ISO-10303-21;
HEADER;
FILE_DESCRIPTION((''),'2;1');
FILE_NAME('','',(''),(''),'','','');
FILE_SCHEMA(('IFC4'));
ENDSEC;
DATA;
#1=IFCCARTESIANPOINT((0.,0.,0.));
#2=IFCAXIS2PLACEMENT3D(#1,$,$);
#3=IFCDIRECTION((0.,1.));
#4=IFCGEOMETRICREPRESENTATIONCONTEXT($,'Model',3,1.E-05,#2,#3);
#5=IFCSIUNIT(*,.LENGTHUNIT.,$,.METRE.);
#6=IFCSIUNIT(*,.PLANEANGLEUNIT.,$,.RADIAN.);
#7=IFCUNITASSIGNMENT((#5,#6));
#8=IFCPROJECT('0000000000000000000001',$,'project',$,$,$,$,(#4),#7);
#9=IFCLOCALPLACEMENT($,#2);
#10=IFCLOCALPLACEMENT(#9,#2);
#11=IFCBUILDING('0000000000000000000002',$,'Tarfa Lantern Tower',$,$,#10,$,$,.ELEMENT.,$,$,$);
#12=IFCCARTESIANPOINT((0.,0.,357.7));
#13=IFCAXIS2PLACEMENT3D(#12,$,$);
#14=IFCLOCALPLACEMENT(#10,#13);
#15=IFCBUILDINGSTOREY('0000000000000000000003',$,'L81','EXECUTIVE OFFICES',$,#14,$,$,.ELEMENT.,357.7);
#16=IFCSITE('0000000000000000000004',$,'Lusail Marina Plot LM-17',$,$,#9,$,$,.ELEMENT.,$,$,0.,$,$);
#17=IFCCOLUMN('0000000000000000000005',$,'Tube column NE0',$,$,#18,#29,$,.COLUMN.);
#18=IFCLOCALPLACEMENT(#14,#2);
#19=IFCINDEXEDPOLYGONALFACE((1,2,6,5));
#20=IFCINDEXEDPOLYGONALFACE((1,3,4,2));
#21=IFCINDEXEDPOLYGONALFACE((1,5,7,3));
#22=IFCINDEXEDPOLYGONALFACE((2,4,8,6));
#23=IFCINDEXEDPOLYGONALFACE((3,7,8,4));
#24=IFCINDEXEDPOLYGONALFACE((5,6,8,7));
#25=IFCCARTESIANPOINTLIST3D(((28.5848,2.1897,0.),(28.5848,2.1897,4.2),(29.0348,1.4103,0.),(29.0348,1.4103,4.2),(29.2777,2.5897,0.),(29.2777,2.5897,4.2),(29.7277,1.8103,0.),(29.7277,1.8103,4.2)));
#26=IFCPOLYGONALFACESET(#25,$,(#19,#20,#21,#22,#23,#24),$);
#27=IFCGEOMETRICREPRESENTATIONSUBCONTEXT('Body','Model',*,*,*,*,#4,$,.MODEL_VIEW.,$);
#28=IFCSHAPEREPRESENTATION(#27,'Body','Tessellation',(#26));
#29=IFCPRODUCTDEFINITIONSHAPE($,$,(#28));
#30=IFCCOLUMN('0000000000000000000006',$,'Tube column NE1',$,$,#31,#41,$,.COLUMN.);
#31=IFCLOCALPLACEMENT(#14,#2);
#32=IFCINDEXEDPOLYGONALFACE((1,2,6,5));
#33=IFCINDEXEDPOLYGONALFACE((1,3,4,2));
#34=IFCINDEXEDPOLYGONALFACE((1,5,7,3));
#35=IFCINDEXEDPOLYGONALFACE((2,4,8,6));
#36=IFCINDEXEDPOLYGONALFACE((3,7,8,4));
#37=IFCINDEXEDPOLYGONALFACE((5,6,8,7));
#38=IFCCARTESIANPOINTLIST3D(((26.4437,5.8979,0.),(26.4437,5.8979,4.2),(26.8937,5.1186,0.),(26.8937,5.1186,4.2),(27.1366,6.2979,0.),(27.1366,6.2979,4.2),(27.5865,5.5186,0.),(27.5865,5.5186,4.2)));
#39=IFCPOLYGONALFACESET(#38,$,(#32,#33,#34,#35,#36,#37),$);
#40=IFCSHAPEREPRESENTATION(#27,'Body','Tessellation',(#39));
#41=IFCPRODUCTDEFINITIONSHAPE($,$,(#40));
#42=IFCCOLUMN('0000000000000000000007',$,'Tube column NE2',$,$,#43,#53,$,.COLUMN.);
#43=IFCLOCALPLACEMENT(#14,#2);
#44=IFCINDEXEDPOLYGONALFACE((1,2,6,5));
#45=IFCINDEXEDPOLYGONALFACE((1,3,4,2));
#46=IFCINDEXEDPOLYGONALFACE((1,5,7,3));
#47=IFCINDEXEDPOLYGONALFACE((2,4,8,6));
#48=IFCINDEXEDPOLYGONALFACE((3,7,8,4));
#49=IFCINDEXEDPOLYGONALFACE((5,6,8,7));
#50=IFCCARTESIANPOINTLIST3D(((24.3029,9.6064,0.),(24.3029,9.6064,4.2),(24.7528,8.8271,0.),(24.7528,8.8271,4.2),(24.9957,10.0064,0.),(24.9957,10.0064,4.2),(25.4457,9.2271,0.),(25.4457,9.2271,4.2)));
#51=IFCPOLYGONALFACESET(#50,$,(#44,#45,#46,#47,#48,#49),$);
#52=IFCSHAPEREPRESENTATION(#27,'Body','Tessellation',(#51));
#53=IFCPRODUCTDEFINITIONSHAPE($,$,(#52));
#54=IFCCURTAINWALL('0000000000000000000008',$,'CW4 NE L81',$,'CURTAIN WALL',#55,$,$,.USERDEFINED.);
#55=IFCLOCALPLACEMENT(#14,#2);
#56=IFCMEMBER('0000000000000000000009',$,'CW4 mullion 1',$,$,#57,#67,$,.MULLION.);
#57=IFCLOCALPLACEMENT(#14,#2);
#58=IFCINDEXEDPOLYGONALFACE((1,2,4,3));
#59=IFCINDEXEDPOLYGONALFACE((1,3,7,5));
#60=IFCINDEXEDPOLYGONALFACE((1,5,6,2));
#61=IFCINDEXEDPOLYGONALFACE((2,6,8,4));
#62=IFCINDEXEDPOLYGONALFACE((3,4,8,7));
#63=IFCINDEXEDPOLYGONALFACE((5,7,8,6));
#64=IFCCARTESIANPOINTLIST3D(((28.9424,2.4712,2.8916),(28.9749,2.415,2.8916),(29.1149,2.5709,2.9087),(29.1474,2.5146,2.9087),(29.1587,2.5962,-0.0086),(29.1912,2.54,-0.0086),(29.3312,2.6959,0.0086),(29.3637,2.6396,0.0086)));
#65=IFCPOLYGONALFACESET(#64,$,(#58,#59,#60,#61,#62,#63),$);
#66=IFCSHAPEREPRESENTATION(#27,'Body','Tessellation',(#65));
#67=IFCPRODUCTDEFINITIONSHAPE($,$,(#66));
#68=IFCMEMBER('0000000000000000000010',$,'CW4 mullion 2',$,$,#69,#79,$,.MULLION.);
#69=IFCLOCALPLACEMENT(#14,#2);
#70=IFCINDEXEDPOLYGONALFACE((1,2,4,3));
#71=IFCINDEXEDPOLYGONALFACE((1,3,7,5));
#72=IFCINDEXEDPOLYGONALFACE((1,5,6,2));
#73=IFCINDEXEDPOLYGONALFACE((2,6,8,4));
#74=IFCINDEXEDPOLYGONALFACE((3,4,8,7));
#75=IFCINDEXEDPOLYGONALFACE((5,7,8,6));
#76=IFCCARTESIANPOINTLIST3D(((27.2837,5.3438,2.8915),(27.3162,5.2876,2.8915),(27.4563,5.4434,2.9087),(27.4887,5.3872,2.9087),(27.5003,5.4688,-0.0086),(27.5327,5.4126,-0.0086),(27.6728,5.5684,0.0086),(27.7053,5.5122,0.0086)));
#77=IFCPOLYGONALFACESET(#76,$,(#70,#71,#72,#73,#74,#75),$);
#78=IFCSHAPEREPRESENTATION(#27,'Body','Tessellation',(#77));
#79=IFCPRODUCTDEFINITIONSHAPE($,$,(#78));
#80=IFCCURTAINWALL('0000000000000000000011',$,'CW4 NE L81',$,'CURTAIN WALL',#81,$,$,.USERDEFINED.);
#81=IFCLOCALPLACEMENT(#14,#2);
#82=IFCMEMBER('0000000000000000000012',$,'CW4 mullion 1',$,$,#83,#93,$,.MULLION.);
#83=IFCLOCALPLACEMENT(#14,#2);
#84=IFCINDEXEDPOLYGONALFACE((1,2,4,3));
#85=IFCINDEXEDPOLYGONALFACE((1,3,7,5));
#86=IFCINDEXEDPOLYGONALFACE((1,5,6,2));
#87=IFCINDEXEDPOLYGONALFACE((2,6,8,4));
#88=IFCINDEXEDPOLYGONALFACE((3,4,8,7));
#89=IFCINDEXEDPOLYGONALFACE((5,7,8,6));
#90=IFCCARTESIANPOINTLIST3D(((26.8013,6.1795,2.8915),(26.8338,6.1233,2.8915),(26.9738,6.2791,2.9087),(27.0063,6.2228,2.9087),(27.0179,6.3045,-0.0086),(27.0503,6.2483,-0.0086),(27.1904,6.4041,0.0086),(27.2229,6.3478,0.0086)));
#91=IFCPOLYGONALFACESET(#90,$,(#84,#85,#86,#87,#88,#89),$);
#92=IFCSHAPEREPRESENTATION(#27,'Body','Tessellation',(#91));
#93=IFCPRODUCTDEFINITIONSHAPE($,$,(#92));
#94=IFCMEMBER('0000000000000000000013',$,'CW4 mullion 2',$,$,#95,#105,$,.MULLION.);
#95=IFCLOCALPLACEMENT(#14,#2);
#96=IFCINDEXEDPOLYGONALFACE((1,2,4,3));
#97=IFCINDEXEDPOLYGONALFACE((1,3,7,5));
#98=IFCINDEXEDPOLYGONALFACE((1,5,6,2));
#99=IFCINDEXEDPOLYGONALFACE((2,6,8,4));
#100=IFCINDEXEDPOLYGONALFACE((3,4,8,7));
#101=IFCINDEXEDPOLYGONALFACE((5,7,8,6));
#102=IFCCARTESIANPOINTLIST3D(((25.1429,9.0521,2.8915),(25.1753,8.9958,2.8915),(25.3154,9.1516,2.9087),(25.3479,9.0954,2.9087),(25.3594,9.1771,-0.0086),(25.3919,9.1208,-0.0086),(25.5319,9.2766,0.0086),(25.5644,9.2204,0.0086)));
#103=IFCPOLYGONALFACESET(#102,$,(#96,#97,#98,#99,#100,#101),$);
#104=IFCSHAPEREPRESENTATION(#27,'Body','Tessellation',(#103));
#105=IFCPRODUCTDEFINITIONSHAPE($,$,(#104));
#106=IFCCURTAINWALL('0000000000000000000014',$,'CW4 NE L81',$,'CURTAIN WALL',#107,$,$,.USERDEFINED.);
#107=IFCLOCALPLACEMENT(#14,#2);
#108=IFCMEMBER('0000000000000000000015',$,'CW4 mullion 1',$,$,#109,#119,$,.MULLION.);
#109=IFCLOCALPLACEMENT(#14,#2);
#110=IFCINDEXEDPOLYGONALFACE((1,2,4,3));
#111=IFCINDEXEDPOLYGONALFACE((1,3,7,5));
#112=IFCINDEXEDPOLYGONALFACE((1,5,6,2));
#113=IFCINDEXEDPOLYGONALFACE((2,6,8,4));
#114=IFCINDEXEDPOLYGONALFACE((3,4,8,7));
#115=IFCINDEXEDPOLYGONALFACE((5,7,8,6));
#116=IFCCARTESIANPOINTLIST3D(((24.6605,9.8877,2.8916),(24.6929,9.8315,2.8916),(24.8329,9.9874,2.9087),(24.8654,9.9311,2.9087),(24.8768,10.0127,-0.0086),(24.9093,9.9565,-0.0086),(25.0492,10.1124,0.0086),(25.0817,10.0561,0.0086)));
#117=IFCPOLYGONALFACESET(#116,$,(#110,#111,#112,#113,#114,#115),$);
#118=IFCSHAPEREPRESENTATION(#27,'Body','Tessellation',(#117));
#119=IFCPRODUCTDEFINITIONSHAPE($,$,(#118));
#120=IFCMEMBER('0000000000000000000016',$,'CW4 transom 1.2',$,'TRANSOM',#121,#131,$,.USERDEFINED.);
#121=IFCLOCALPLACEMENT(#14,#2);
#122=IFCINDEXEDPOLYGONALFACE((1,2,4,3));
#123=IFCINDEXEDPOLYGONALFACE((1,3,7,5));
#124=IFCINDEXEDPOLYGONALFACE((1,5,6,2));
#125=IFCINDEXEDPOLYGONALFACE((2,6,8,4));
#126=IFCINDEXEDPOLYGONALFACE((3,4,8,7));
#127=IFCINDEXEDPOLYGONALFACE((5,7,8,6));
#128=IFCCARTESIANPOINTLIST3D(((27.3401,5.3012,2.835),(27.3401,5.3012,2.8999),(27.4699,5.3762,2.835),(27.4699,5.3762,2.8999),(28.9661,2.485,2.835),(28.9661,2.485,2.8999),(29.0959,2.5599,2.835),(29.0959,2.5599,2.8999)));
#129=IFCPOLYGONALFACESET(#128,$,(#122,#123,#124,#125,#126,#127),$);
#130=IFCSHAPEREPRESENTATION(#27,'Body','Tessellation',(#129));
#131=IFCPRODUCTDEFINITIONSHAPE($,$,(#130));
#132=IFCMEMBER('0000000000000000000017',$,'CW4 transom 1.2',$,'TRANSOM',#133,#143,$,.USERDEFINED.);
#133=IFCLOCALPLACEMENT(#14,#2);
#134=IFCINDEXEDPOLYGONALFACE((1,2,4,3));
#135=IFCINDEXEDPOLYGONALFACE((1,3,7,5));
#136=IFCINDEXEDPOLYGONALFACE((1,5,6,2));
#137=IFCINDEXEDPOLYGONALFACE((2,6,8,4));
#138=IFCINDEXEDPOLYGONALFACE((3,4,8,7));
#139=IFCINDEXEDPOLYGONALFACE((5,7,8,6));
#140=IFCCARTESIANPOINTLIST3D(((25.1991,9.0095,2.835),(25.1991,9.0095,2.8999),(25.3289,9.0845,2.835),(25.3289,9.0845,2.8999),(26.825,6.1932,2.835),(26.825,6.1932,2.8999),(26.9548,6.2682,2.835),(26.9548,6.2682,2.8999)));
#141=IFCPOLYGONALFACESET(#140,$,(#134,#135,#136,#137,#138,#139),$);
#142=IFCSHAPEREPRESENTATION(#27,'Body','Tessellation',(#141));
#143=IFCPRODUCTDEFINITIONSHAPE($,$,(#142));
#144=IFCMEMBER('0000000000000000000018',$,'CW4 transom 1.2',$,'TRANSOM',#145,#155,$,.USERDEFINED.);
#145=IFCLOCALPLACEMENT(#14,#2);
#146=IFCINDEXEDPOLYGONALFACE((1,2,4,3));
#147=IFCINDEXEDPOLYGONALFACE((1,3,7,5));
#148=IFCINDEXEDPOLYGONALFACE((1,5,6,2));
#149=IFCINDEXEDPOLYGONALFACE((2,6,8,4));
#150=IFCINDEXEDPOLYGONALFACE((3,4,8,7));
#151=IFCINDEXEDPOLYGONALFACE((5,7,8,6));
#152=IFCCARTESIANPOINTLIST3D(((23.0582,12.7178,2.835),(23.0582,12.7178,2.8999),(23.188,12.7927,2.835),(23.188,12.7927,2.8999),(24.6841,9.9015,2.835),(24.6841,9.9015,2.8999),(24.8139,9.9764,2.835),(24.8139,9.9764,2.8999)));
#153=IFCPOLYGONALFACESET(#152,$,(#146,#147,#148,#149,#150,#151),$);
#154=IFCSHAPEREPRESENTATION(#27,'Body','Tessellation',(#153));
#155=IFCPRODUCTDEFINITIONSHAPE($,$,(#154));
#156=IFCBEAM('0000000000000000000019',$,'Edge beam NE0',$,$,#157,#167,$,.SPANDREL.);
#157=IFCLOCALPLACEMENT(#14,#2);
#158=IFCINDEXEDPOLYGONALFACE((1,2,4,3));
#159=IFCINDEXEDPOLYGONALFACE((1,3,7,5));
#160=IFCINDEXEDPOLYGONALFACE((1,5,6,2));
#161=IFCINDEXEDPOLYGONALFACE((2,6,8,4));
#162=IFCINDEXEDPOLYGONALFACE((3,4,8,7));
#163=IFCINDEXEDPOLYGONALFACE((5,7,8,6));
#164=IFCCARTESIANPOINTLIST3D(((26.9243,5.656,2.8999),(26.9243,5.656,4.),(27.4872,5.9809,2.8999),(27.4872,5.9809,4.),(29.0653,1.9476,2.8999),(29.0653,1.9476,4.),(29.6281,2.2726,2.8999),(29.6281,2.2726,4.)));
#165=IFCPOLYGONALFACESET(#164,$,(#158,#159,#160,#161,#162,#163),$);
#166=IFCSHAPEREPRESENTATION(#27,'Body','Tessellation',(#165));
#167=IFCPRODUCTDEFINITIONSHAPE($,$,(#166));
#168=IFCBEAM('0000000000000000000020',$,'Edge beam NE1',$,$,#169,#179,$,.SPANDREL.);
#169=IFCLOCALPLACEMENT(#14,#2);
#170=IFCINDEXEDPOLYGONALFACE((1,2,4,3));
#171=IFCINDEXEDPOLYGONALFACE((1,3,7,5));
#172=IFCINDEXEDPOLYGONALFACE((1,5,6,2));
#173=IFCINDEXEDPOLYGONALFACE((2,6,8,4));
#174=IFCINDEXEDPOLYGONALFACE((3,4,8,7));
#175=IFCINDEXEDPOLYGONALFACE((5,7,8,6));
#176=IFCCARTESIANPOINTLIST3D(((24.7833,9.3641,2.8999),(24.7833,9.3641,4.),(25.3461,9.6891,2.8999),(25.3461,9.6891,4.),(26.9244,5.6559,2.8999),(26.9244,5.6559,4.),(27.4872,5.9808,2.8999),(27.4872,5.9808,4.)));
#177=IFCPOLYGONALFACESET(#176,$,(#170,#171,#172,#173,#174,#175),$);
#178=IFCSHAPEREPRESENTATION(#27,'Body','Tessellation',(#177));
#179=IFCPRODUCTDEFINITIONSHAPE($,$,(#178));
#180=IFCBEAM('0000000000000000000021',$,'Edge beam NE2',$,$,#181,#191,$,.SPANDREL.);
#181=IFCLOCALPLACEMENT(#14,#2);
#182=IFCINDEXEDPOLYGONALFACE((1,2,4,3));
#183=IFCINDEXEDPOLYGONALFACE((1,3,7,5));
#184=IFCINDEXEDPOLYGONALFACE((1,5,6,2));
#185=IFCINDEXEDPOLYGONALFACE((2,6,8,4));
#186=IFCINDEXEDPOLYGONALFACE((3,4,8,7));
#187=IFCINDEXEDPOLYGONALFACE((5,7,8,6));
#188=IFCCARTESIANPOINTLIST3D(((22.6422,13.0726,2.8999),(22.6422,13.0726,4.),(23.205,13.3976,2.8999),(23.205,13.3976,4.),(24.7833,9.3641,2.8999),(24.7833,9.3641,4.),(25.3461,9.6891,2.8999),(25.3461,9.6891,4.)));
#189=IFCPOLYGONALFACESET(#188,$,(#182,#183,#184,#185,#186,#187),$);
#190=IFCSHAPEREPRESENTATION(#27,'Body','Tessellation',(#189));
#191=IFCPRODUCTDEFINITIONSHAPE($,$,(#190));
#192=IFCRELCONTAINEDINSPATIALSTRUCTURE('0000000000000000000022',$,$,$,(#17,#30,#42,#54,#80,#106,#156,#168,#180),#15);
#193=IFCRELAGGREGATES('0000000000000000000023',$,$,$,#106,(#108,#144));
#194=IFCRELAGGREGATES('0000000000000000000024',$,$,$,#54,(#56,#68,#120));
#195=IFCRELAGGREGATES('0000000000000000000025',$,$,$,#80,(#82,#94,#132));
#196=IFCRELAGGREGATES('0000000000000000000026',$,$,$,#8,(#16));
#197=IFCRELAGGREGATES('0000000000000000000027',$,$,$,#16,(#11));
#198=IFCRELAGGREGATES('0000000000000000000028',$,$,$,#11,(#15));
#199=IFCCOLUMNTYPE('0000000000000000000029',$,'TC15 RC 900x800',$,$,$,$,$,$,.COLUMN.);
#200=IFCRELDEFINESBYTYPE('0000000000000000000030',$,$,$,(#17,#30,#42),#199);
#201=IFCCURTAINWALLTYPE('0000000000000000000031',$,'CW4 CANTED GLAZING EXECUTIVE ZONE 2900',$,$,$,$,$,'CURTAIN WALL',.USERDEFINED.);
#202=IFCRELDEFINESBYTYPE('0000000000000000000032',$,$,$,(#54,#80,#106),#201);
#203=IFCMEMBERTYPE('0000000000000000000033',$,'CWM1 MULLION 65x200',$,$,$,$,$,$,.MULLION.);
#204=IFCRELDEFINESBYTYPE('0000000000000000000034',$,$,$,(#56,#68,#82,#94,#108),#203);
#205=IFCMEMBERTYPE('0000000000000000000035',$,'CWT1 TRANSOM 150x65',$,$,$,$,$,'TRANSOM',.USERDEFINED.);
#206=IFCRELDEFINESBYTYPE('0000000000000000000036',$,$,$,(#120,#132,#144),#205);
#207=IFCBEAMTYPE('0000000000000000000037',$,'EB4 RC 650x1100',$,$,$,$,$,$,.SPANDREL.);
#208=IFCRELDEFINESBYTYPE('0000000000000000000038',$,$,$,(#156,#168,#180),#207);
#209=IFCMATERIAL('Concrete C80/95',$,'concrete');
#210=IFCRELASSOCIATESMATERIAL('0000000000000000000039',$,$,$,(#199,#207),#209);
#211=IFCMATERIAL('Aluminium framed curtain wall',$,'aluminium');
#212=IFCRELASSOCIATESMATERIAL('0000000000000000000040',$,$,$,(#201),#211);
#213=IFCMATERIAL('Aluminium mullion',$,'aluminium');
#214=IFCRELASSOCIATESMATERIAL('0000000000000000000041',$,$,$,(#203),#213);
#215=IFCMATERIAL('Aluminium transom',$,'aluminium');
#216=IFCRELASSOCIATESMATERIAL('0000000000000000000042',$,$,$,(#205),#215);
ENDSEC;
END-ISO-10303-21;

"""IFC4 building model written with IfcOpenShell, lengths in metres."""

from ifc_helpers import new_model, si_unit, direction, frame, origin, origin_2d, place, context, subcontext, project, spatial, rectangle, extrude, material, material_profile, profile_set, type_object, element, aggregate, save


model = new_model("IFC4")

# Units and contexts
model_context = context("Model", 3, precision=1e-05, world=origin(), true_north=direction((0.0, 1.0)))
body_context = subcontext(model_context, "Body", "Model", "MODEL_VIEW")
ifc_project = project(units=[si_unit("LENGTHUNIT", "METRE"), si_unit("PLANEANGLEUNIT", "RADIAN")], contexts=[model_context])

# Site, building, storey
site_placement = place(None, origin())
site = spatial("IfcSite", under=ifc_project, at=site_placement, Name="Lusail Marina Plot LM-17", CompositionType="ELEMENT", RefElevation=0.0)
building_placement = place(site_placement, origin())
building = spatial("IfcBuilding", under=site, at=building_placement, Name="Tarfa Lantern Tower", CompositionType="ELEMENT")
storey_placement = place(building_placement, frame((0.0, 0.0, 357.7)))
storey = spatial("IfcBuildingStorey", under=building, at=storey_placement, Name="L81", Description="EXECUTIVE OFFICES", CompositionType="ELEMENT", Elevation=357.7)

# Columns
ifc_material_1 = material(Name="Concrete C80/95", Category="concrete")
ifc_material_profile_1 = material_profile(ifc_material_1, rectangle(XDim=0.8999, YDim=0.8, at=origin_2d()), Name="RC 900x800")
ifc_profile_set_1 = profile_set([ifc_material_profile_1], Name="Concrete C80/95")
column_type = type_object("IfcColumnType", Name="TC15 RC 900x800", PredefinedType="COLUMN", material=ifc_profile_set_1)
for number, where, z_axis, x_axis, name in (
    (1, (29.1562, 2.0, 0.0), (0.0, 0.0, 1.0), (-0.5, 0.866025, 0.0), "Tube column NE0"),
    (2, (27.0151, 5.7083, 0.0), (0.0, 0.0, 1.0), (-0.5, 0.866025, 0.0), "Tube column NE1"),
    (3, (24.8743, 9.4167, 0.0), (0.0, 0.0, 1.0), (-0.5, 0.866025, 0.0), "Tube column NE2"),
):
    element("IfcColumn", number, at=place(storey_placement, frame(where, z_axis=z_axis, x_axis=x_axis)), inside=storey, type_object=column_type, Name=name, PredefinedType="COLUMN", context=body_context, shape_type="SweptSolid", body=[
        extrude(rectangle(XDim=0.8999, YDim=0.8, at=origin_2d()), origin(), (0.0, 0.0, 1.0), 4.2),
    ])

# Curtain walls, members
ifc_material_2 = material(Name="Aluminium framed curtain wall", Category="aluminium")
curtain_wall_type = type_object("IfcCurtainWallType", Name="CW4 CANTED GLAZING EXECUTIVE ZONE 2900", ElementType="CURTAIN WALL", PredefinedType="USERDEFINED", material=ifc_material_2)
curtain_wall_1_placement = place(storey_placement, origin())
curtain_wall_1 = element("IfcCurtainWall", 4, at=curtain_wall_1_placement, inside=storey, type_object=curtain_wall_type, Name="CW4 NE L81", ObjectType="CURTAIN WALL", PredefinedType="USERDEFINED")
ifc_material_3 = material(Name="Aluminium mullion", Category="aluminium")
ifc_material_profile_2 = material_profile(ifc_material_3, rectangle(XDim=0.0649, YDim=0.2, at=origin_2d()), Name="AL MULLION 65x200")
ifc_profile_set_2 = profile_set([ifc_material_profile_2], Name="Aluminium mullion")
member_type_1 = type_object("IfcMemberType", Name="CWM1 MULLION 65x200", PredefinedType="MULLION", material=ifc_profile_set_2)
member_1_placement = place(storey_placement, frame((29.2612, 2.6179, 0.0), z_axis=(-0.07431, -0.042942, 0.99631), x_axis=(0.500343, -0.865827, 0.0)))
member_1 = element("IfcMember", 5, at=member_1_placement, type_object=member_type_1, Name="CW4 mullion 1", PredefinedType="MULLION", context=body_context, shape_type="SweptSolid", body=[
    extrude(rectangle(XDim=0.0649, YDim=0.2, at=origin_2d()), origin(), (0.0, 0.0, 1.0), 2.9109),
])
member_2_placement = place(storey_placement, frame((27.6028, 5.4905, 0.0), z_axis=(-0.074394, -0.042942, 0.996304), x_axis=(0.49992, -0.866072, 0.0)))
member_2 = element("IfcMember", 6, at=member_2_placement, type_object=member_type_1, Name="CW4 mullion 2", PredefinedType="MULLION", context=body_context, shape_type="SweptSolid", body=[
    extrude(rectangle(XDim=0.0649, YDim=0.2, at=origin_2d()), origin(), (0.0, 0.0, 1.0), 2.9109),
])
curtain_wall_2_placement = place(storey_placement, origin())
curtain_wall_2 = element("IfcCurtainWall", 7, at=curtain_wall_2_placement, inside=storey, type_object=curtain_wall_type, Name="CW4 NE L81", ObjectType="CURTAIN WALL", PredefinedType="USERDEFINED")
member_3_placement = place(storey_placement, frame((27.1204, 6.3262, 0.0), z_axis=(-0.074394, -0.042942, 0.996304), x_axis=(0.49992, -0.866072, 0.0)))
member_3 = element("IfcMember", 8, at=member_3_placement, type_object=member_type_1, Name="CW4 mullion 1", PredefinedType="MULLION", context=body_context, shape_type="SweptSolid", body=[
    extrude(rectangle(XDim=0.0649, YDim=0.2, at=origin_2d()), origin(), (0.0, 0.0, 1.0), 2.9109),
])
member_4_placement = place(storey_placement, frame((25.4619, 9.1987, 0.0), z_axis=(-0.074394, -0.042942, 0.996304), x_axis=(0.49992, -0.866072, 0.0)))
member_4 = element("IfcMember", 9, at=member_4_placement, type_object=member_type_1, Name="CW4 mullion 2", PredefinedType="MULLION", context=body_context, shape_type="SweptSolid", body=[
    extrude(rectangle(XDim=0.0649, YDim=0.2, at=origin_2d()), origin(), (0.0, 0.0, 1.0), 2.9109),
])

# Curtain wall, member
curtain_wall_3_placement = place(storey_placement, origin())
curtain_wall_3 = element("IfcCurtainWall", 10, at=curtain_wall_3_placement, inside=storey, type_object=curtain_wall_type, Name="CW4 NE L81", ObjectType="CURTAIN WALL", PredefinedType="USERDEFINED")
member_5_placement = place(storey_placement, frame((24.9792, 10.0344, 0.0), z_axis=(-0.07431, -0.042942, 0.99631), x_axis=(0.500343, -0.865827, 0.0)))
member_5 = element("IfcMember", 11, at=member_5_placement, type_object=member_type_1, Name="CW4 mullion 1", PredefinedType="MULLION", context=body_context, shape_type="SweptSolid", body=[
    extrude(rectangle(XDim=0.0649, YDim=0.2, at=origin_2d()), origin(), (0.0, 0.0, 1.0), 2.9109),
])

# Members
ifc_material_4 = material(Name="Aluminium transom", Category="aluminium")
ifc_material_profile_3 = material_profile(ifc_material_4, rectangle(XDim=0.1499, YDim=0.0649, at=origin_2d()), Name="AL TRANSOM 150x65")
ifc_profile_set_3 = profile_set([ifc_material_profile_3], Name="Aluminium transom")
member_type_2 = type_object("IfcMemberType", Name="CWT1 TRANSOM 150x65", ElementType="TRANSOM", PredefinedType="USERDEFINED", material=ifc_profile_set_3)
member_6_placement = place(storey_placement, frame((29.031, 2.5225, 2.8674), z_axis=(-0.500015, 0.866017, 0.0), x_axis=(-0.866017, -0.500015, 0.0)))
member_6 = element("IfcMember", 12, at=member_6_placement, type_object=member_type_2, Name="CW4 transom 1.2", ObjectType="TRANSOM", PredefinedType="USERDEFINED", context=body_context, shape_type="SweptSolid", body=[
    extrude(rectangle(XDim=0.1499, YDim=0.0649, at=origin_2d()), origin(), (0.0, 0.0, 1.0), 3.252),
])
member_7_placement = place(storey_placement, frame((26.8899, 6.2307, 2.8674), z_axis=(-0.499982, 0.866036, 0.0), x_axis=(-0.866036, -0.499982, 0.0)))
member_7 = element("IfcMember", 13, at=member_7_placement, type_object=member_type_2, Name="CW4 transom 1.2", ObjectType="TRANSOM", PredefinedType="USERDEFINED", context=body_context, shape_type="SweptSolid", body=[
    extrude(rectangle(XDim=0.1499, YDim=0.0649, at=origin_2d()), origin(), (0.0, 0.0, 1.0), 3.252),
])
member_8_placement = place(storey_placement, frame((24.749, 9.939, 2.8674), z_axis=(-0.499982, 0.866036, 0.0), x_axis=(-0.866036, -0.499982, 0.0)))
member_8 = element("IfcMember", 14, at=member_8_placement, type_object=member_type_2, Name="CW4 transom 1.2", ObjectType="TRANSOM", PredefinedType="USERDEFINED", context=body_context, shape_type="SweptSolid", body=[
    extrude(rectangle(XDim=0.1499, YDim=0.0649, at=origin_2d()), origin(), (0.0, 0.0, 1.0), 3.252),
])
aggregate(curtain_wall_3, [member_5, member_8])

# Beams
ifc_material_profile_4 = material_profile(ifc_material_1, rectangle(XDim=0.6499, YDim=1.1001, at=origin_2d()), Name="RC 650x1100")
ifc_profile_set_4 = profile_set([ifc_material_profile_4], Name="Concrete C80/95")
beam_type_1 = type_object("IfcBeamType", Name="EB4 RC 650x1100", PredefinedType="SPANDREL", material=ifc_profile_set_4)
for number, where, z_axis, x_axis, name in (
    (15, (29.3467, 2.1101, 3.45), (-0.499984, 0.866035, 0.0), (-0.866035, -0.499984, 0.0), "Edge beam NE0"),
    (16, (27.2058, 5.8184, 3.45), (-0.500027, 0.86601, 0.0), (-0.86601, -0.500027, 0.0), "Edge beam NE1"),
):
    element("IfcBeam", number, at=place(storey_placement, frame(where, z_axis=z_axis, x_axis=x_axis)), inside=storey, type_object=beam_type_1, Name=name, PredefinedType="SPANDREL", context=body_context, shape_type="SweptSolid", body=[
        extrude(rectangle(XDim=0.6499, YDim=1.1001, at=origin_2d()), origin(), (0.0, 0.0, 1.0), 4.282),
    ])
beam_1_placement = place(storey_placement, frame((25.0647, 9.5266, 3.45), z_axis=(-0.500002, 0.866024, 0.0), x_axis=(-0.866024, -0.500002, 0.0)))
element("IfcBeam", 17, at=beam_1_placement, inside=storey, type_object=beam_type_1, Name="Edge beam NE2", PredefinedType="SPANDREL", context=body_context, shape_type="SweptSolid", body=[
    extrude(rectangle(XDim=0.6499, YDim=1.1001, at=origin_2d()), origin(), (0.0, 0.0, 1.0), 4.2822),
])

aggregate(curtain_wall_1, [member_1, member_2, member_6])
aggregate(curtain_wall_2, [member_3, member_4, member_7])

save(model, "model.ifc")
